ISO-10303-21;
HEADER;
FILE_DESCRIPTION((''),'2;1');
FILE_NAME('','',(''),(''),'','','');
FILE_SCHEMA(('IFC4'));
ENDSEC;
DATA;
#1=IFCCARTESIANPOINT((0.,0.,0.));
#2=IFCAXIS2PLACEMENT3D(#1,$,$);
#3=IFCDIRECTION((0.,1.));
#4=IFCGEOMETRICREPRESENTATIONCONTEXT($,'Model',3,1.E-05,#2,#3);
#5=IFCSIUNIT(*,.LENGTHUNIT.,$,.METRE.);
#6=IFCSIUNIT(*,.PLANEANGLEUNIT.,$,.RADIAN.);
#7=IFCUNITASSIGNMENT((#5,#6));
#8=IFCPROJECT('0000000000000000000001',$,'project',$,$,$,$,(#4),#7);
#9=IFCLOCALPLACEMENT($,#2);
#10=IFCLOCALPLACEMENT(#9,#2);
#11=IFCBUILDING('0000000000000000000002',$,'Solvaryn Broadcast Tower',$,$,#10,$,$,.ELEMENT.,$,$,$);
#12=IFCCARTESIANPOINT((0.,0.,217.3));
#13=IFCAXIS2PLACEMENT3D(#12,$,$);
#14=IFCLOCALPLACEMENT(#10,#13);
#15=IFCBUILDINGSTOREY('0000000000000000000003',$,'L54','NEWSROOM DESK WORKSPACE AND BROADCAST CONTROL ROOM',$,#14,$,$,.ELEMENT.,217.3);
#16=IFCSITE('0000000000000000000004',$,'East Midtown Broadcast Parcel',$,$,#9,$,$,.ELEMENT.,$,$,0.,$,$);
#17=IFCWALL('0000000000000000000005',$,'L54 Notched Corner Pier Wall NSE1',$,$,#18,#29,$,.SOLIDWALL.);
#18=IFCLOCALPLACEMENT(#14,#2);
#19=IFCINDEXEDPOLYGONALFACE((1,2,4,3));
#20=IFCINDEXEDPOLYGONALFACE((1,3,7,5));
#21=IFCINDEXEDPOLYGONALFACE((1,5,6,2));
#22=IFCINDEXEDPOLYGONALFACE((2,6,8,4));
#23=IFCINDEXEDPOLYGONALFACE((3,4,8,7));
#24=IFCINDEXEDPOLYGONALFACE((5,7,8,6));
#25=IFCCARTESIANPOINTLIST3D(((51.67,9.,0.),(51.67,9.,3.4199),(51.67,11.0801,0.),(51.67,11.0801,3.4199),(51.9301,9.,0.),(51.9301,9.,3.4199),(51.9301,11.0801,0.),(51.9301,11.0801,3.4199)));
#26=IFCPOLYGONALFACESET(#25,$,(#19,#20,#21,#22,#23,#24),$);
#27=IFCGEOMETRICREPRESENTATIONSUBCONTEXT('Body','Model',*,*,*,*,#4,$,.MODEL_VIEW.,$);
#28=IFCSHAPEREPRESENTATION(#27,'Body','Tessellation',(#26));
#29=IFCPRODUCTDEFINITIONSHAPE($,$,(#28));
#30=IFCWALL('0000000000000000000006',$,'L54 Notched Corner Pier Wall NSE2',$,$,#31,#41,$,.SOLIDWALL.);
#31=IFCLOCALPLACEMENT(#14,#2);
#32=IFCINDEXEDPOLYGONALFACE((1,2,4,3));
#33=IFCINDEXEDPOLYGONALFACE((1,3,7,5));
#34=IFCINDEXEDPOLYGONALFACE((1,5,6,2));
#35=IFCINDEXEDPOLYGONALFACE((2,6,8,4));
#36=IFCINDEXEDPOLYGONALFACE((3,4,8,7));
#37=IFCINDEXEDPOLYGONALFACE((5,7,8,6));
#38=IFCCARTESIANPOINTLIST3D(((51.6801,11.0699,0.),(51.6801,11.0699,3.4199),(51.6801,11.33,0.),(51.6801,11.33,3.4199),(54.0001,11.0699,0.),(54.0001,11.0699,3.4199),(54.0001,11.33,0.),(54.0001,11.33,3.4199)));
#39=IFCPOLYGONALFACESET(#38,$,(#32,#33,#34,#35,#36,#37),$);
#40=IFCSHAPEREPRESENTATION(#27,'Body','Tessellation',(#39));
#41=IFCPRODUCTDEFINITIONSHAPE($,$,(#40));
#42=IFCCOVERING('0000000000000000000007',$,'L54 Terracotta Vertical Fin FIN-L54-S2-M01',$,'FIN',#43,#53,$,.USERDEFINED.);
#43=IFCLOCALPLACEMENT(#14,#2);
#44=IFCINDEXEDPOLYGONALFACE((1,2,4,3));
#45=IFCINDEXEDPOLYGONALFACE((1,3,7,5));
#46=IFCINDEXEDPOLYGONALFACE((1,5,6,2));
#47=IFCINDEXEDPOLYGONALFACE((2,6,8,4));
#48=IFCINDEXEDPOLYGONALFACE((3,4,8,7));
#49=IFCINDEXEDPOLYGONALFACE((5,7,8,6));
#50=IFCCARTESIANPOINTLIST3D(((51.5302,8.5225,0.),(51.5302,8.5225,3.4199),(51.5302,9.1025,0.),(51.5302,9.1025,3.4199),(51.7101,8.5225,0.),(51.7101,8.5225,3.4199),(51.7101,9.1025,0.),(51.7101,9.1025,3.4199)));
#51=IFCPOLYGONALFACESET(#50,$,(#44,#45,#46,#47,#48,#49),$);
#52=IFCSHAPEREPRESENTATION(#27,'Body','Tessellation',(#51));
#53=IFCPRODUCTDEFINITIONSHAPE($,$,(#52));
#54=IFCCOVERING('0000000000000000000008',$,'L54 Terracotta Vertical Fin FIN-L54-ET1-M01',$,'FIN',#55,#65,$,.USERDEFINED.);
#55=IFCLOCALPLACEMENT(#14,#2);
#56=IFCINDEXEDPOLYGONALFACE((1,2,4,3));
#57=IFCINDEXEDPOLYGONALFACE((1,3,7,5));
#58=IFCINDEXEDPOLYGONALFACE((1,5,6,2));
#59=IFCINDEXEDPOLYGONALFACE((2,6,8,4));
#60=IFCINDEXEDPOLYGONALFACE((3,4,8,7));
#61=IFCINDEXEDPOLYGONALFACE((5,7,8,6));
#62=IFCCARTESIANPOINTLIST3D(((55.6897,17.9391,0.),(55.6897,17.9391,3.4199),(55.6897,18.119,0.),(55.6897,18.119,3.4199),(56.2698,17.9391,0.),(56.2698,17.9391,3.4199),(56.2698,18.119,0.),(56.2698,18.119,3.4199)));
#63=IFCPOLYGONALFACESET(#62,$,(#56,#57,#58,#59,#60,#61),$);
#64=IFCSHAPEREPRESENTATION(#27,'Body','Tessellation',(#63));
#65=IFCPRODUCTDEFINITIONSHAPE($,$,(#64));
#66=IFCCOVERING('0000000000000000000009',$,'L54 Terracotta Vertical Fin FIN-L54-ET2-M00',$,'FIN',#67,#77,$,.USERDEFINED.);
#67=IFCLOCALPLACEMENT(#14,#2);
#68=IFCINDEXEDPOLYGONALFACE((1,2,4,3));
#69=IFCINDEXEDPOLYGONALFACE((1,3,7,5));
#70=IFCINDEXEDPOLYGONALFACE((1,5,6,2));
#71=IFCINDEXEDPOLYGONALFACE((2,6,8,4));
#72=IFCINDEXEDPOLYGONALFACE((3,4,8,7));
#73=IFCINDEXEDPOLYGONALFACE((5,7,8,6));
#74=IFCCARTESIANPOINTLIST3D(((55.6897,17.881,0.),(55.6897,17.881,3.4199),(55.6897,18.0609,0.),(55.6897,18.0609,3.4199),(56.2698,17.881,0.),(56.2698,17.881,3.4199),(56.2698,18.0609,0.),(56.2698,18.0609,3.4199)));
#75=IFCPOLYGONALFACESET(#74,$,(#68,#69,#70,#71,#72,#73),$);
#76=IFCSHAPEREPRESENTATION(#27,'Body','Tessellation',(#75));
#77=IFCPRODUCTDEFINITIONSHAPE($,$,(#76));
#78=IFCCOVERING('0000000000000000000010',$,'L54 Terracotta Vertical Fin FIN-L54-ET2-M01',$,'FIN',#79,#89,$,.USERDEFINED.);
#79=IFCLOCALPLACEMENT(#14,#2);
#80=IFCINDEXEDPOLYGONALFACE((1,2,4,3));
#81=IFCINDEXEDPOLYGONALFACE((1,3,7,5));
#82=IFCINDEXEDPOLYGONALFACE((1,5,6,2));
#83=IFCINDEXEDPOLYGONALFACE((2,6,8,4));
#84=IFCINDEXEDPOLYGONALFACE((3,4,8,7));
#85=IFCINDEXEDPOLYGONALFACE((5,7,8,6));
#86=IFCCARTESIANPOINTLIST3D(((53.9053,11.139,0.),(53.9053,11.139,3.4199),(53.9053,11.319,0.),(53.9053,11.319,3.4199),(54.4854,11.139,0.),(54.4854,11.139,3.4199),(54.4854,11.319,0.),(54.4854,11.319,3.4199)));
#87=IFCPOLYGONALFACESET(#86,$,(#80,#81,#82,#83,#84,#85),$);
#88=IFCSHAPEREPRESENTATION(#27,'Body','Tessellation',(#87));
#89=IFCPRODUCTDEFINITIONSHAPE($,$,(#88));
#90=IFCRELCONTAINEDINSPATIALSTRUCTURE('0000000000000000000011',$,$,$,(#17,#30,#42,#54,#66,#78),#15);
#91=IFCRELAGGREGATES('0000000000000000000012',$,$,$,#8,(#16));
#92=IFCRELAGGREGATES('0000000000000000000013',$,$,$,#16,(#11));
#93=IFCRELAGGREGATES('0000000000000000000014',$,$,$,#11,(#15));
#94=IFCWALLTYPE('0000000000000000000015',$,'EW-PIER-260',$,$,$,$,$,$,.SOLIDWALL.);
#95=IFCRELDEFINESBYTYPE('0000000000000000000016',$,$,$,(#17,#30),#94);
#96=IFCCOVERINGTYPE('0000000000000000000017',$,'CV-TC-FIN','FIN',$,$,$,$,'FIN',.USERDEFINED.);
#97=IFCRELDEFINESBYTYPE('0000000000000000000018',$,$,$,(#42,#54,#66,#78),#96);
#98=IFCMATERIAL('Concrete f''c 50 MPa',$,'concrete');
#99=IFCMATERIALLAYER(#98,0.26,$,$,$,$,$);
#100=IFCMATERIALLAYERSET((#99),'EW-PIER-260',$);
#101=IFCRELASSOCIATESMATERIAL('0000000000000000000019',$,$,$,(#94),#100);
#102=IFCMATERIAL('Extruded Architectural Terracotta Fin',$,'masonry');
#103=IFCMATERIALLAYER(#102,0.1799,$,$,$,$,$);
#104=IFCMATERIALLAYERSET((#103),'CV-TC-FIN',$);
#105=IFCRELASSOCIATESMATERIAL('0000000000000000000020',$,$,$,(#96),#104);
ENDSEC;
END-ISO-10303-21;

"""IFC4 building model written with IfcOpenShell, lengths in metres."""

from ifc_helpers import new_model, si_unit, direction, frame, frame_2d, origin, origin_2d, place, context, subcontext, project, spatial, rectangle, extrude, material, layer, layer_set, type_object, element, save


model = new_model("IFC4")

# Units and contexts
model_context = context("Model", 3, precision=1e-05, world=origin(), true_north=direction((0.0, 1.0)))
body_context = subcontext(model_context, "Body", "Model", "MODEL_VIEW")
ifc_project = project(units=[si_unit("LENGTHUNIT", "METRE"), si_unit("PLANEANGLEUNIT", "RADIAN")], contexts=[model_context])

# Site, building, storey
site_placement = place(None, origin())
site = spatial("IfcSite", under=ifc_project, at=site_placement, Name="East Midtown Broadcast Parcel", CompositionType="ELEMENT", RefElevation=0.0)
building_placement = place(site_placement, origin())
building = spatial("IfcBuilding", under=site, at=building_placement, Name="Solvaryn Broadcast Tower", CompositionType="ELEMENT")
storey_placement = place(building_placement, frame((0.0, 0.0, 217.3)))
storey = spatial("IfcBuildingStorey", under=building, at=storey_placement, Name="L54", Description="NEWSROOM DESK WORKSPACE AND BROADCAST CONTROL ROOM", CompositionType="ELEMENT", Elevation=217.3)

# Walls
ifc_material_1 = material(Name="Concrete f'c 50 MPa", Category="concrete")
ifc_layer_1 = layer(ifc_material_1, 0.26)
ifc_layer_set_1 = layer_set([ifc_layer_1], Name="EW-PIER-260")
wall_type = type_object("IfcWallType", Name="EW-PIER-260", PredefinedType="SOLIDWALL", material=ifc_layer_set_1)
wall_1_placement = place(storey_placement, frame((51.8, 9.0, 0.0), z_axis=(0.0, 0.0, 1.0), x_axis=(0.0, 1.0, 0.0)))
element("IfcWall", 1, at=wall_1_placement, inside=storey, type_object=wall_type, Name="L54 Notched Corner Pier Wall NSE1", PredefinedType="SOLIDWALL", context=body_context, shape_type="SweptSolid", body=[
    extrude(rectangle(XDim=2.0801, YDim=0.26, at=frame_2d((1.04, 0.0))), origin(), (0.0, 0.0, 1.0), 3.4199),
])
wall_2_placement = place(storey_placement, frame((51.6799, 11.2, 0.0), z_axis=(0.0, 0.0, 1.0), x_axis=(1.0, 0.0, 0.0)))
element("IfcWall", 2, at=wall_2_placement, inside=storey, type_object=wall_type, Name="L54 Notched Corner Pier Wall NSE2", PredefinedType="SOLIDWALL", context=body_context, shape_type="SweptSolid", body=[
    extrude(rectangle(XDim=2.3201, YDim=0.26, at=frame_2d((1.1602, 0.0))), origin(), (0.0, 0.0, 1.0), 3.4199),
])

# Coverings
ifc_material_2 = material(Name="Extruded Architectural Terracotta Fin", Category="masonry")
ifc_layer_2 = layer(ifc_material_2, 0.1799)
ifc_layer_set_2 = layer_set([ifc_layer_2], Name="CV-TC-FIN")
covering_type = type_object("IfcCoveringType", Name="CV-TC-FIN", Description="FIN", ElementType="FIN", PredefinedType="USERDEFINED", material=ifc_layer_set_2)
covering_placement = place(storey_placement, frame((51.6201, 8.8125, 0.0), z_axis=(0.0, 0.0, 1.0), x_axis=(1.0, 0.0, 0.0)))
element("IfcCovering", 3, at=covering_placement, inside=storey, type_object=covering_type, Name="L54 Terracotta Vertical Fin FIN-L54-S2-M01", ObjectType="FIN", PredefinedType="USERDEFINED", context=body_context, shape_type="SweptSolid", body=[
    extrude(rectangle(XDim=0.1799, YDim=0.5801, at=origin_2d()), origin(), (0.0, 0.0, 1.0), 3.4199),
])
for number, where, z_axis, x_axis, name in (
    (4, (55.9797, 18.0291, 0.0), (0.0, 0.0, 1.0), (1.0, 0.0, 0.0), "L54 Terracotta Vertical Fin FIN-L54-ET1-M01"),
    (5, (55.9797, 17.9709, 0.0), (0.0, 0.0, 1.0), (1.0, 0.0, 0.0), "L54 Terracotta Vertical Fin FIN-L54-ET2-M00"),
    (6, (54.1953, 11.229, 0.0), (0.0, 0.0, 1.0), (1.0, 0.0, 0.0), "L54 Terracotta Vertical Fin FIN-L54-ET2-M01"),
):
    element("IfcCovering", number, at=place(storey_placement, frame(where, z_axis=z_axis, x_axis=x_axis)), inside=storey, type_object=covering_type, Name=name, ObjectType="FIN", PredefinedType="USERDEFINED", context=body_context, shape_type="SweptSolid", body=[
        extrude(rectangle(XDim=0.5801, YDim=0.1799, at=origin_2d()), origin(), (0.0, 0.0, 1.0), 3.4199),
    ])

save(model, "model.ifc")
